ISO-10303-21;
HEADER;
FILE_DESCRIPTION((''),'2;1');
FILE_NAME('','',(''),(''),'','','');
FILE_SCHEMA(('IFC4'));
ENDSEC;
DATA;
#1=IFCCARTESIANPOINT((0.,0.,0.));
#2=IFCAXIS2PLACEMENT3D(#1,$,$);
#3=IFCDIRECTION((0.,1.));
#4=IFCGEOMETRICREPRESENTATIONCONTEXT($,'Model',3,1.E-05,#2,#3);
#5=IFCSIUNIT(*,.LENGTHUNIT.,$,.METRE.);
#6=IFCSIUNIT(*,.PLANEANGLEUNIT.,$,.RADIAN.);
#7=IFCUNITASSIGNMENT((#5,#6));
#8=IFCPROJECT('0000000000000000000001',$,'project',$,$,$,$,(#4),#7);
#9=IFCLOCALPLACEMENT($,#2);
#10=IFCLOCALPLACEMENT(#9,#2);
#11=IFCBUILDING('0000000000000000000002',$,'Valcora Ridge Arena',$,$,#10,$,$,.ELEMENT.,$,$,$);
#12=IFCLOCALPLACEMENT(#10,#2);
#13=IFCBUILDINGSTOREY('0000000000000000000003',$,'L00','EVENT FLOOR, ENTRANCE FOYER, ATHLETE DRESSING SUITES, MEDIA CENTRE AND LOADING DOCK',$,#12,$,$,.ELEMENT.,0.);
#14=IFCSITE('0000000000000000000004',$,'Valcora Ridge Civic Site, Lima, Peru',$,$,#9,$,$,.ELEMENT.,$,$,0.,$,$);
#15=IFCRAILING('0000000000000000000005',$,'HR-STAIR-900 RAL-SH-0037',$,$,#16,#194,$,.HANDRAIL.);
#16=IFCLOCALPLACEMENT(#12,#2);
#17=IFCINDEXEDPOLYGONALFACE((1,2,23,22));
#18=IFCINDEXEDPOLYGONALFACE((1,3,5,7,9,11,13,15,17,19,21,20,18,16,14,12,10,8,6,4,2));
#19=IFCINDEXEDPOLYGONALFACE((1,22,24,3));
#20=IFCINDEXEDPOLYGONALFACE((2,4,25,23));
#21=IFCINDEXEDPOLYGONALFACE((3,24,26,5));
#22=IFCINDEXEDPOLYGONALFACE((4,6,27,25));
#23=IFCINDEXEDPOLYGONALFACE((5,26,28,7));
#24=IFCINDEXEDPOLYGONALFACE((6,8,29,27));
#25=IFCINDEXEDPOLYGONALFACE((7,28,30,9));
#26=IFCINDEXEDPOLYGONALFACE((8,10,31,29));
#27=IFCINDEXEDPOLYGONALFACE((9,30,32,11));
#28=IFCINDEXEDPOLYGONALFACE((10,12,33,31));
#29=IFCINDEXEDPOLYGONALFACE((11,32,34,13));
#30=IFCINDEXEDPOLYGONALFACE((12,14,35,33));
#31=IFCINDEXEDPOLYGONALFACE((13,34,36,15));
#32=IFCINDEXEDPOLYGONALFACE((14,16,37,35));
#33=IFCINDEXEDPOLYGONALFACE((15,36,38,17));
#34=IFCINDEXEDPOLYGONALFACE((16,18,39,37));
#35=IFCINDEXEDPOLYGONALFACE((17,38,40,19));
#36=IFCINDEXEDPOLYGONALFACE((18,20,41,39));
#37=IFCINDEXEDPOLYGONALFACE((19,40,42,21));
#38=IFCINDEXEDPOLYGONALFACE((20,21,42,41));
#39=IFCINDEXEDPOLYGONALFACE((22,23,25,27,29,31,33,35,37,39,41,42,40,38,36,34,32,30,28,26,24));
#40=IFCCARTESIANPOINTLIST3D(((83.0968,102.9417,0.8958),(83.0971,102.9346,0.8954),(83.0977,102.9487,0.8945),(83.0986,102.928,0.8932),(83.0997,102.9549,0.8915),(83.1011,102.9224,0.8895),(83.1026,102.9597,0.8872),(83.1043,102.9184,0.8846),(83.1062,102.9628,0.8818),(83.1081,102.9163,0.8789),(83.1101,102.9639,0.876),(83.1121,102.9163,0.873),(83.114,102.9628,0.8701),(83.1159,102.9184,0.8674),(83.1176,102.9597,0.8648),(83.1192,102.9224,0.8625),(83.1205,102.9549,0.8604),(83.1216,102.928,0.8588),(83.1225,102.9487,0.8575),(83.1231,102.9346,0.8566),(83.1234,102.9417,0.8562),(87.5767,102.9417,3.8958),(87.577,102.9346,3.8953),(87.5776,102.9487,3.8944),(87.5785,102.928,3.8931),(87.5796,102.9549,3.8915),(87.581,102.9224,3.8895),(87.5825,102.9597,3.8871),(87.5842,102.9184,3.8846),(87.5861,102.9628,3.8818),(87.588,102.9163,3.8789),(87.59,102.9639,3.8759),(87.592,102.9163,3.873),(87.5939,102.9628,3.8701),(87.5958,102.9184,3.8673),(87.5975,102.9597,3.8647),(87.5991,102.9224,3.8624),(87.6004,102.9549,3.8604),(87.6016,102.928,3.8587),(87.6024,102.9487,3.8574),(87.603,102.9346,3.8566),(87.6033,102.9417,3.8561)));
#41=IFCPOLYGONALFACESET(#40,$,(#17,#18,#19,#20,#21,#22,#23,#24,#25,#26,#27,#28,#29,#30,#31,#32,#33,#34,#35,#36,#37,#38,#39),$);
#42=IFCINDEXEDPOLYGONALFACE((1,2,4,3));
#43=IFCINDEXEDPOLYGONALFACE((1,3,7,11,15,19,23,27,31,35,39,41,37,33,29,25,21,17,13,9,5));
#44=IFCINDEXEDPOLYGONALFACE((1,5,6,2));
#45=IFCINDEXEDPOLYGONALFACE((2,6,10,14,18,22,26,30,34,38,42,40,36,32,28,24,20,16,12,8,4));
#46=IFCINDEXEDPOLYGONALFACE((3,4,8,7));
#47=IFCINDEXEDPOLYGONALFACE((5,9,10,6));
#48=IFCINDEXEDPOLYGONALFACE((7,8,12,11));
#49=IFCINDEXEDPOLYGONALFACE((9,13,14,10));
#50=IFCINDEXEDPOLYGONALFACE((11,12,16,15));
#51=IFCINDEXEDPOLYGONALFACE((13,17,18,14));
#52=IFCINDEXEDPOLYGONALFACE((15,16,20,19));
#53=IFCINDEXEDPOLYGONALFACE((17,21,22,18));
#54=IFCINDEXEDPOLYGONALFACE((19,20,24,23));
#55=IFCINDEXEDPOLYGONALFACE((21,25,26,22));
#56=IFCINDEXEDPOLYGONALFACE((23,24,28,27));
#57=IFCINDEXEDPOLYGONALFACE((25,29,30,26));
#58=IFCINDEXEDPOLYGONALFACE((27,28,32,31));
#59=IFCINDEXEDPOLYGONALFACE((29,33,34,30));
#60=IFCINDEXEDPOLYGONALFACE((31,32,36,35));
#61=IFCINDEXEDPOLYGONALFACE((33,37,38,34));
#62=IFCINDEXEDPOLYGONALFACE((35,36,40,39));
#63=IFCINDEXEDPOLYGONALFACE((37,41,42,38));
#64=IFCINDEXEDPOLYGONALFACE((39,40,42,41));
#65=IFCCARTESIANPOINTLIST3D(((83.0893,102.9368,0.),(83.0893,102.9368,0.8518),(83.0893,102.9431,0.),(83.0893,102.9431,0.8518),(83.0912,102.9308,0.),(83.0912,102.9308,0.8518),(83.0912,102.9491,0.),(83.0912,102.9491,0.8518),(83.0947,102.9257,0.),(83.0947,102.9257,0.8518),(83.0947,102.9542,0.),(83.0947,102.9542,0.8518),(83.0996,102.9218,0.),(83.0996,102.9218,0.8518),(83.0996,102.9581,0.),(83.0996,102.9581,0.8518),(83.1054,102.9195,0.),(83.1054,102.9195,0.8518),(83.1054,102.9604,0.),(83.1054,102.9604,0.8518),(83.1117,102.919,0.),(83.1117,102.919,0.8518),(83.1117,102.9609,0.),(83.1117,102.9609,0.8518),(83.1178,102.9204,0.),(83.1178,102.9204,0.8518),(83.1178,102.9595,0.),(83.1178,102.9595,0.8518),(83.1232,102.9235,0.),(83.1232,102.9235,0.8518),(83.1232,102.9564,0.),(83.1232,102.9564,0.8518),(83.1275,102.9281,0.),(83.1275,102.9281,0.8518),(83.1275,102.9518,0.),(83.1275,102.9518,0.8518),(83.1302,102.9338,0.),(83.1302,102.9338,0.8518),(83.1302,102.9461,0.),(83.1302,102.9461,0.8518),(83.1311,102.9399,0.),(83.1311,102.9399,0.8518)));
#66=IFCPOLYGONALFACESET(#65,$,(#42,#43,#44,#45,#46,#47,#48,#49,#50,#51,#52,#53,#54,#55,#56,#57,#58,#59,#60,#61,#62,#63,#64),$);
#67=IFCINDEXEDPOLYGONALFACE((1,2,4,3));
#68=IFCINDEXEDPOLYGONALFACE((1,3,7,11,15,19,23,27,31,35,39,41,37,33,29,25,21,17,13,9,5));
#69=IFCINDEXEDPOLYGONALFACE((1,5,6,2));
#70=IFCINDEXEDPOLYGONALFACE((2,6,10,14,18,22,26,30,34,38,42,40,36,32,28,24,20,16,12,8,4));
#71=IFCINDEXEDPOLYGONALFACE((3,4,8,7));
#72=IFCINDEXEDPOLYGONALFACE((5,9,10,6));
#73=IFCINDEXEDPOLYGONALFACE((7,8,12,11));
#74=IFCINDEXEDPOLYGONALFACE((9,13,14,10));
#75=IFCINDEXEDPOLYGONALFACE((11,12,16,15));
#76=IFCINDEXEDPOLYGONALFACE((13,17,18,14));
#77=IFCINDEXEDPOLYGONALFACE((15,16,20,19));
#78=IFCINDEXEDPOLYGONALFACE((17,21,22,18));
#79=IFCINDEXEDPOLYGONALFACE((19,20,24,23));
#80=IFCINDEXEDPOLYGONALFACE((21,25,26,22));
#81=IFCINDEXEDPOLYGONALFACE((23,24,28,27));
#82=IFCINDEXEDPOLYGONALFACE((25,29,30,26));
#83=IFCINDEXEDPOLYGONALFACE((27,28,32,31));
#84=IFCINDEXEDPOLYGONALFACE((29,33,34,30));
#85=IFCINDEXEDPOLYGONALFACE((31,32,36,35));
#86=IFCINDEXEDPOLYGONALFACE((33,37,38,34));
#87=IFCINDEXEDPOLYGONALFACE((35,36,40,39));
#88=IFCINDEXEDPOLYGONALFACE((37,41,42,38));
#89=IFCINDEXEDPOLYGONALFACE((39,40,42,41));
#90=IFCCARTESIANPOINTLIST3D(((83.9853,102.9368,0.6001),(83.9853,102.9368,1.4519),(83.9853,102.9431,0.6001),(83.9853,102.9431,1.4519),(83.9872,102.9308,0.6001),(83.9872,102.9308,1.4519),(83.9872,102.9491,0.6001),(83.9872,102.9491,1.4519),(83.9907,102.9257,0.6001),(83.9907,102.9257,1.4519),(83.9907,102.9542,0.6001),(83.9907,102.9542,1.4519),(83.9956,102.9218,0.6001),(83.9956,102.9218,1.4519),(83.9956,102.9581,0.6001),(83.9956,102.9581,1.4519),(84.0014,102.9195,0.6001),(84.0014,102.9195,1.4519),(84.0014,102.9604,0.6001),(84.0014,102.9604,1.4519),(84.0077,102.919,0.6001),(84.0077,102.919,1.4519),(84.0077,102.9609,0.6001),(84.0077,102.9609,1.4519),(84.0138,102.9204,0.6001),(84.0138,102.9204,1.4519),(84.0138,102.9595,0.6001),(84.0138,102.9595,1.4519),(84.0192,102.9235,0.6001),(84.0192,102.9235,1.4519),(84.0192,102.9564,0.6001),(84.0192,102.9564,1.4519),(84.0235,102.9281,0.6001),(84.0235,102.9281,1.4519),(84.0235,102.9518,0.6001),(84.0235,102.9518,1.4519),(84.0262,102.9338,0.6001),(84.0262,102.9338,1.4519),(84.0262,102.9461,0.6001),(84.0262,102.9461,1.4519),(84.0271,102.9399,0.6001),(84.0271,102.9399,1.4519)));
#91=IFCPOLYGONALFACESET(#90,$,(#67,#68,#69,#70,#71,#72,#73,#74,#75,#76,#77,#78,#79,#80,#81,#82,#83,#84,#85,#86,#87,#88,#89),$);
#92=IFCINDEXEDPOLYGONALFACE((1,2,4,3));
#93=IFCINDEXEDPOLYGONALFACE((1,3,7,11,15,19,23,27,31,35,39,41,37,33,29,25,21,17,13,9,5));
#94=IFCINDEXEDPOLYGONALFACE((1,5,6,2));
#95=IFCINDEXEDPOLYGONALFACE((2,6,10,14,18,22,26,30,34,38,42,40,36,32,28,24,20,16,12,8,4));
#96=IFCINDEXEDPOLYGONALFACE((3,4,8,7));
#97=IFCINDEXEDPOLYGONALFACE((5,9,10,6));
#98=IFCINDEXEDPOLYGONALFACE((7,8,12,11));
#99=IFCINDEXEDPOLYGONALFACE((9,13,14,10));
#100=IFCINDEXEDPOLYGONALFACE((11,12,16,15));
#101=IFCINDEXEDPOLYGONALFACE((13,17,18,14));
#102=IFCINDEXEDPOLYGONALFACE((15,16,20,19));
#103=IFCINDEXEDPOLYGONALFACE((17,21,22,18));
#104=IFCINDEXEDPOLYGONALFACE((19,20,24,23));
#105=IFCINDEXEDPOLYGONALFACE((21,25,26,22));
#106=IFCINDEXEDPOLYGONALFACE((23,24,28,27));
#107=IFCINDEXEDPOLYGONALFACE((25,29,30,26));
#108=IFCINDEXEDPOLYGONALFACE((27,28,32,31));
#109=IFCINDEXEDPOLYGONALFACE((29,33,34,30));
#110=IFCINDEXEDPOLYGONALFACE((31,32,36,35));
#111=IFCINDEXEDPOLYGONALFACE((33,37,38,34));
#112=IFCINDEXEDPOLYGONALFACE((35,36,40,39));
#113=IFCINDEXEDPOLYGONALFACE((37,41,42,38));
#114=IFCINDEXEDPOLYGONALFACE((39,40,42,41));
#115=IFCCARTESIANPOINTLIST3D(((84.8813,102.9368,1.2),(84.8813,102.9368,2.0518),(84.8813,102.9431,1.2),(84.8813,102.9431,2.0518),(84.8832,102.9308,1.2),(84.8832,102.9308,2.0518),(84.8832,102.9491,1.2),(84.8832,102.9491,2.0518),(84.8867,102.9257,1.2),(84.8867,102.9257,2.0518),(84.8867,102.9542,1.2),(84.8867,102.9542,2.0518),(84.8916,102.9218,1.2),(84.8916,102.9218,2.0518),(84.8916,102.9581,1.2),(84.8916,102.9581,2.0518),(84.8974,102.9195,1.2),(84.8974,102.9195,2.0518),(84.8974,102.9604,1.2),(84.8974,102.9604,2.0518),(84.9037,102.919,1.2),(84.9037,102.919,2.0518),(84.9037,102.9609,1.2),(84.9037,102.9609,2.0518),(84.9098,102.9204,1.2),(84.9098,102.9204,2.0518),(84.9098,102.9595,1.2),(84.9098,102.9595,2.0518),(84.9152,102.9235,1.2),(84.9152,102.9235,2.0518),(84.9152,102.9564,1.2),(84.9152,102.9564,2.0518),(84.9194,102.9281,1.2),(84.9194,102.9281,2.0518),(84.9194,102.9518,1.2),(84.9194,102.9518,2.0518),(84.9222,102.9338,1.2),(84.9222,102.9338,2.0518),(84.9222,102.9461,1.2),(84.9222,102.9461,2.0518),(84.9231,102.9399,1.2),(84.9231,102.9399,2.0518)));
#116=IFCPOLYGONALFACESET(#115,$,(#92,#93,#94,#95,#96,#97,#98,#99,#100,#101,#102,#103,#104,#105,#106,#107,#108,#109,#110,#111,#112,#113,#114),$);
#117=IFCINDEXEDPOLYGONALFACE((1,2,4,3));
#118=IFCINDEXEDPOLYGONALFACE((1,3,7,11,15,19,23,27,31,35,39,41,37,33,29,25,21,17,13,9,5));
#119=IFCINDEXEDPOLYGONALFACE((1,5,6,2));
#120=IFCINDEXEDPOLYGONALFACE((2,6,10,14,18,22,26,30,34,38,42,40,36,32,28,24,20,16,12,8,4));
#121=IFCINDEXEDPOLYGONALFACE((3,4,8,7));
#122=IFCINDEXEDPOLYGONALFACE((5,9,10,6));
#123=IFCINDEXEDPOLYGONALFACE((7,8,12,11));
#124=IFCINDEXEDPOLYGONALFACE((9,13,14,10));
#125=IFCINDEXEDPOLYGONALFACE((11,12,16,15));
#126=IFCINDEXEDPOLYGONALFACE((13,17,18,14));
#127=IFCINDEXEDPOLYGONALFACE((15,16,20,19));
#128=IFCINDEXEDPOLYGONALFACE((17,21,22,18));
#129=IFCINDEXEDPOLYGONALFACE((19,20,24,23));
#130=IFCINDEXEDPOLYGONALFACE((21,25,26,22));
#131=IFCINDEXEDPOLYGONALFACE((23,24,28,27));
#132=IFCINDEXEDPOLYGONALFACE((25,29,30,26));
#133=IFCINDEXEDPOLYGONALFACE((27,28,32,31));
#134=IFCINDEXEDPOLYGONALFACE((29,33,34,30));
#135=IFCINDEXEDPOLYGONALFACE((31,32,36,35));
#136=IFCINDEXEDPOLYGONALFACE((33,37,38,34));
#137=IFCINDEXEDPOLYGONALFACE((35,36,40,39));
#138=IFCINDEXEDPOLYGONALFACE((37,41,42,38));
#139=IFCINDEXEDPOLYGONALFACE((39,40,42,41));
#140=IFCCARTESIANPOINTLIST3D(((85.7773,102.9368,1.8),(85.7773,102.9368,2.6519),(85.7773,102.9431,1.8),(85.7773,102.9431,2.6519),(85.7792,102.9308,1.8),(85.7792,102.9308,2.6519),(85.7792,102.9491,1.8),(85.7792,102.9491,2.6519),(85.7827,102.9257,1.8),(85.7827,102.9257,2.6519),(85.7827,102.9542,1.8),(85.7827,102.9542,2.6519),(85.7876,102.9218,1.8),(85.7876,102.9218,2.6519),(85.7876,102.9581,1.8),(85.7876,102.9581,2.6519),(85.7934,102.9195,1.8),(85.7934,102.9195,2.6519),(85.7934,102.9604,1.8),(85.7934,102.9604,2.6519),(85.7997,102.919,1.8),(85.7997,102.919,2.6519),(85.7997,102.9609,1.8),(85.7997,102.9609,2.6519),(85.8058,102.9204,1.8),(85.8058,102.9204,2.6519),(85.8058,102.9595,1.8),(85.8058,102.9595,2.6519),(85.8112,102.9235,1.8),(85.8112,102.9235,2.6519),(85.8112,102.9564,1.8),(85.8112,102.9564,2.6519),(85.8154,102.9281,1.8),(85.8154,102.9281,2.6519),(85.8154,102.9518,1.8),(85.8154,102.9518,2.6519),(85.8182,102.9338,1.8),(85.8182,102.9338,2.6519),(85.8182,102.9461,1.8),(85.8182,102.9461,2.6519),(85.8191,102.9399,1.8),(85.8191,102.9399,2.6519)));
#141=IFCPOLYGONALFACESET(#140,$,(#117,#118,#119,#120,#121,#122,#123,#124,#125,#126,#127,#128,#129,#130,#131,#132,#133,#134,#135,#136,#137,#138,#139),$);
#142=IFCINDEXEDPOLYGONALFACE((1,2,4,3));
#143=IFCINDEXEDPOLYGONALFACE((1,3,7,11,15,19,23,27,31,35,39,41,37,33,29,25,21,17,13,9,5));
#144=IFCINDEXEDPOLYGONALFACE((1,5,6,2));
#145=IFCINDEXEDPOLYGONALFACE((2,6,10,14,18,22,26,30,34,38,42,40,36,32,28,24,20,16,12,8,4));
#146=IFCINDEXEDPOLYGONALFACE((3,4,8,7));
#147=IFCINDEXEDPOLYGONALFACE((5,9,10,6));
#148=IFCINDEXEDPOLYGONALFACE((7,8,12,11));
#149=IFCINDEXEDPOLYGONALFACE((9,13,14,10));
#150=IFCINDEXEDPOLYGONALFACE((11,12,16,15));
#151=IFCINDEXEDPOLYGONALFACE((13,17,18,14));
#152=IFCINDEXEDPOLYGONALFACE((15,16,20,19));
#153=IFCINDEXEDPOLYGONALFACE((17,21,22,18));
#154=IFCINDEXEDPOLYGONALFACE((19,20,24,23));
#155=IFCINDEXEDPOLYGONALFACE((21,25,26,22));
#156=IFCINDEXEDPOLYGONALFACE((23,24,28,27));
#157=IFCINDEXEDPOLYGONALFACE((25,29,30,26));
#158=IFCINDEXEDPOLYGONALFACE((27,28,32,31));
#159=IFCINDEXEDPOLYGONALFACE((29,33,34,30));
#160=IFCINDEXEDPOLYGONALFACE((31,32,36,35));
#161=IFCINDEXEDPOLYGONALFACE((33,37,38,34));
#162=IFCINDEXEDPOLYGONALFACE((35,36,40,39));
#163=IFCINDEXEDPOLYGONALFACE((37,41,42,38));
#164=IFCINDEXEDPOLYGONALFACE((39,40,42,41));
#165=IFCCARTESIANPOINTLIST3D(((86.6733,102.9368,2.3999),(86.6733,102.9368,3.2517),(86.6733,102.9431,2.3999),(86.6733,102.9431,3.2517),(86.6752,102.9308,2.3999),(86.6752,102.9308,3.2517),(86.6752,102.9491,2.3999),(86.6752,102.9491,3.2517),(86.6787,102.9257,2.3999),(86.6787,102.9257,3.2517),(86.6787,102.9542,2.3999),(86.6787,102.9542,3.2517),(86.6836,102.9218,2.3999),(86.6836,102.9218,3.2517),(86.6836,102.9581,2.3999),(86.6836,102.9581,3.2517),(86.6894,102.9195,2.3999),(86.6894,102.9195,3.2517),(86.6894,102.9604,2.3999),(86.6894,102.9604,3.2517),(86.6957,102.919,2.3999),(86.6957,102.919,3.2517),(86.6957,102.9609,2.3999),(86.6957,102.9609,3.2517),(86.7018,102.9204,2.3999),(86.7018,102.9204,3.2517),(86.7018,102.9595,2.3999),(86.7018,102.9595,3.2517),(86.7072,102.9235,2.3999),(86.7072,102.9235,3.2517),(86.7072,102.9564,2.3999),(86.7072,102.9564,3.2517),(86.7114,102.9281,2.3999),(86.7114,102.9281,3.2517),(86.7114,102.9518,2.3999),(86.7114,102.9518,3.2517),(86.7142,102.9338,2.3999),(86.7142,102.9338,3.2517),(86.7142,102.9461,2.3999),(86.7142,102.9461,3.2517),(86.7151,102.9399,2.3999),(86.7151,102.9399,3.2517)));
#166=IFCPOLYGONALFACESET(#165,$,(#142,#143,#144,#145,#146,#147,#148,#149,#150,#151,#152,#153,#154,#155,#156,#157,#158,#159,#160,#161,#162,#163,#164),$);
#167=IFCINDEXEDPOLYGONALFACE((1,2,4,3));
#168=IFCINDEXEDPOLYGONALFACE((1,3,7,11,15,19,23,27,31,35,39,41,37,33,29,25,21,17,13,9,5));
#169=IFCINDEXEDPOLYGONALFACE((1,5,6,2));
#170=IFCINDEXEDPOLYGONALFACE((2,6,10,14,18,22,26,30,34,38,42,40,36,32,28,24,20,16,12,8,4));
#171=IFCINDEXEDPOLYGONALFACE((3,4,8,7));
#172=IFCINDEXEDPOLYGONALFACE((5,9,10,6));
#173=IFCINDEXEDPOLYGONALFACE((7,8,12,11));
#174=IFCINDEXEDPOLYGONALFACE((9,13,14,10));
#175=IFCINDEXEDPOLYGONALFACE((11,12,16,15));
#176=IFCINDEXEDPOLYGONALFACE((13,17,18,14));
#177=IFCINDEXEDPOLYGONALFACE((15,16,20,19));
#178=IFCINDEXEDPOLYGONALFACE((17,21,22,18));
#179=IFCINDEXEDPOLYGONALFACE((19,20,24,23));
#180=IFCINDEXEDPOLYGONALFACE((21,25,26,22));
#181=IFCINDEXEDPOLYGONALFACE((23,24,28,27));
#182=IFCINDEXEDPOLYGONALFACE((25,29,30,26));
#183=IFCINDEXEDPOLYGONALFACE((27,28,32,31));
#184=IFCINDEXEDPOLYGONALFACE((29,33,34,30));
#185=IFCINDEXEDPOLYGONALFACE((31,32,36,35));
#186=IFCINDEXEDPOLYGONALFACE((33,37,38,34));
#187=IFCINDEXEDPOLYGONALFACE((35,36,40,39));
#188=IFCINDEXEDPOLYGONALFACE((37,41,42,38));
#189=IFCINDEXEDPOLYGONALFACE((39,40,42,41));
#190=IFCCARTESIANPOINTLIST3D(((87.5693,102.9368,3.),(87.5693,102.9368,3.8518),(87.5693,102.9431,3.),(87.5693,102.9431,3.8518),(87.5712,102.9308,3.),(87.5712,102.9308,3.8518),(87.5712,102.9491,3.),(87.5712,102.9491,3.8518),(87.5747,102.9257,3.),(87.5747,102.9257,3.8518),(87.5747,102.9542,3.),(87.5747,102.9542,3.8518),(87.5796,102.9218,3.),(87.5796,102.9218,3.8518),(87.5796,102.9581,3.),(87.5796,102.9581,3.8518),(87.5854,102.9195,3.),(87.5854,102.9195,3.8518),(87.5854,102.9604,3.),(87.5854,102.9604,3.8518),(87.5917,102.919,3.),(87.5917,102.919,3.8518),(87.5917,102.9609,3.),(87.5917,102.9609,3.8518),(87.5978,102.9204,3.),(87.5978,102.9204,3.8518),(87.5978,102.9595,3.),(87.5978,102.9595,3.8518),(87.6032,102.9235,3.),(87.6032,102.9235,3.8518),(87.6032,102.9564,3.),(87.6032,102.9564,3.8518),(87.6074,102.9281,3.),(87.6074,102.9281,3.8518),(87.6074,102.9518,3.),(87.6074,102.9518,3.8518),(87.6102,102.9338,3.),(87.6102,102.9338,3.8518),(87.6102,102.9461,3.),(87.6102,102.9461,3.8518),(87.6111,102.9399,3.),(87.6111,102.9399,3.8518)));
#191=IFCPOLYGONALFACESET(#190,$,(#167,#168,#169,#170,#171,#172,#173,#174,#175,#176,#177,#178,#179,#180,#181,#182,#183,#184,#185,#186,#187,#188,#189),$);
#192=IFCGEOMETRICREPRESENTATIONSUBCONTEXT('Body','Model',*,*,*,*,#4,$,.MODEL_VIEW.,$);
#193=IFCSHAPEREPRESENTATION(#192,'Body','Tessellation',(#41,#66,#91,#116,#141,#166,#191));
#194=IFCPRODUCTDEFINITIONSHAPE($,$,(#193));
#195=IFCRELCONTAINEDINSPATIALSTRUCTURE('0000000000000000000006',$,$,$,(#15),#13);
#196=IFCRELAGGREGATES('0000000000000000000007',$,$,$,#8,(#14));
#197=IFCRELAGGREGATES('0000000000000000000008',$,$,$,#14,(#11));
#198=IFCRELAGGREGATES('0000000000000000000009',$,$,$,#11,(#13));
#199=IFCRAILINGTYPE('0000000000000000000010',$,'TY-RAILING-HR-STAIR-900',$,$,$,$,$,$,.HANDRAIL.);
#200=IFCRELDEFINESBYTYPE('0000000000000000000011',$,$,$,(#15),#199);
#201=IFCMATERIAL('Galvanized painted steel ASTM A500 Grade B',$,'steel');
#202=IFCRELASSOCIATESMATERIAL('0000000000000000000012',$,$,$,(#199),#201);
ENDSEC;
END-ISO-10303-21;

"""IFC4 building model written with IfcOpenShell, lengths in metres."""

from ifc_helpers import new_model, si_unit, direction, frame, origin, origin_2d, place, context, subcontext, project, spatial, circle, extrude, material, type_object, element, save


model = new_model("IFC4")

# Units and contexts
model_context = context("Model", 3, precision=1e-05, world=origin(), true_north=direction((0.0, 1.0)))
body_context = subcontext(model_context, "Body", "Model", "MODEL_VIEW")
ifc_project = project(units=[si_unit("LENGTHUNIT", "METRE"), si_unit("PLANEANGLEUNIT", "RADIAN")], contexts=[model_context])

# Site, building, storey
site_placement = place(None, origin())
site = spatial("IfcSite", under=ifc_project, at=site_placement, Name="Valcora Ridge Civic Site, Lima, Peru", CompositionType="ELEMENT", RefElevation=0.0)
building_placement = place(site_placement, origin())
building = spatial("IfcBuilding", under=site, at=building_placement, Name="Valcora Ridge Arena", CompositionType="ELEMENT")
storey_placement = place(building_placement, origin())
storey = spatial("IfcBuildingStorey", under=building, at=storey_placement, Name="L00", Description="EVENT FLOOR, ENTRANCE FOYER, ATHLETE DRESSING SUITES, MEDIA CENTRE AND LOADING DOCK", CompositionType="ELEMENT", Elevation=0.0)

# Railing
ifc_material_1 = material(Name="Galvanized painted steel ASTM A500 Grade B", Category="steel")
railing_type_1 = type_object("IfcRailingType", Name="TY-RAILING-HR-STAIR-900", PredefinedType="HANDRAIL", material=ifc_material_1)
railing_1_placement = place(storey_placement, frame((83.1101, 102.9399, 0.0)))
element("IfcRailing", 1, at=railing_1_placement, inside=storey, type_object=railing_type_1, Name="HR-STAIR-900 RAL-SH-0037", PredefinedType="HANDRAIL", context=body_context, shape_type="SweptSolid", body=[
    extrude(circle(Radius=0.0239, at=origin_2d()), frame((0.0, 0.0, 0.876), z_axis=(0.830906, 0.0, 0.556413), x_axis=(0.0, 1.0, 0.0)), (0.0, 0.0, 1.0), 5.3916),
    extrude(circle(Radius=0.021, at=origin_2d()), origin(), (0.0, 0.0, 1.0), 0.8518),
    extrude(circle(Radius=0.021, at=origin_2d()), frame((0.896, 0.0, 0.6001)), (0.0, 0.0, 1.0), 0.8518),
    extrude(circle(Radius=0.021, at=origin_2d()), frame((1.792, 0.0, 1.2)), (0.0, 0.0, 1.0), 0.8518),
    extrude(circle(Radius=0.021, at=origin_2d()), frame((2.688, 0.0, 1.8)), (0.0, 0.0, 1.0), 0.8518),
    extrude(circle(Radius=0.021, at=origin_2d()), frame((3.584, 0.0, 2.3999)), (0.0, 0.0, 1.0), 0.8518),
    extrude(circle(Radius=0.021, at=origin_2d()), frame((4.48, 0.0, 3.0)), (0.0, 0.0, 1.0), 0.8518),
])

save(model, "model.ifc")
